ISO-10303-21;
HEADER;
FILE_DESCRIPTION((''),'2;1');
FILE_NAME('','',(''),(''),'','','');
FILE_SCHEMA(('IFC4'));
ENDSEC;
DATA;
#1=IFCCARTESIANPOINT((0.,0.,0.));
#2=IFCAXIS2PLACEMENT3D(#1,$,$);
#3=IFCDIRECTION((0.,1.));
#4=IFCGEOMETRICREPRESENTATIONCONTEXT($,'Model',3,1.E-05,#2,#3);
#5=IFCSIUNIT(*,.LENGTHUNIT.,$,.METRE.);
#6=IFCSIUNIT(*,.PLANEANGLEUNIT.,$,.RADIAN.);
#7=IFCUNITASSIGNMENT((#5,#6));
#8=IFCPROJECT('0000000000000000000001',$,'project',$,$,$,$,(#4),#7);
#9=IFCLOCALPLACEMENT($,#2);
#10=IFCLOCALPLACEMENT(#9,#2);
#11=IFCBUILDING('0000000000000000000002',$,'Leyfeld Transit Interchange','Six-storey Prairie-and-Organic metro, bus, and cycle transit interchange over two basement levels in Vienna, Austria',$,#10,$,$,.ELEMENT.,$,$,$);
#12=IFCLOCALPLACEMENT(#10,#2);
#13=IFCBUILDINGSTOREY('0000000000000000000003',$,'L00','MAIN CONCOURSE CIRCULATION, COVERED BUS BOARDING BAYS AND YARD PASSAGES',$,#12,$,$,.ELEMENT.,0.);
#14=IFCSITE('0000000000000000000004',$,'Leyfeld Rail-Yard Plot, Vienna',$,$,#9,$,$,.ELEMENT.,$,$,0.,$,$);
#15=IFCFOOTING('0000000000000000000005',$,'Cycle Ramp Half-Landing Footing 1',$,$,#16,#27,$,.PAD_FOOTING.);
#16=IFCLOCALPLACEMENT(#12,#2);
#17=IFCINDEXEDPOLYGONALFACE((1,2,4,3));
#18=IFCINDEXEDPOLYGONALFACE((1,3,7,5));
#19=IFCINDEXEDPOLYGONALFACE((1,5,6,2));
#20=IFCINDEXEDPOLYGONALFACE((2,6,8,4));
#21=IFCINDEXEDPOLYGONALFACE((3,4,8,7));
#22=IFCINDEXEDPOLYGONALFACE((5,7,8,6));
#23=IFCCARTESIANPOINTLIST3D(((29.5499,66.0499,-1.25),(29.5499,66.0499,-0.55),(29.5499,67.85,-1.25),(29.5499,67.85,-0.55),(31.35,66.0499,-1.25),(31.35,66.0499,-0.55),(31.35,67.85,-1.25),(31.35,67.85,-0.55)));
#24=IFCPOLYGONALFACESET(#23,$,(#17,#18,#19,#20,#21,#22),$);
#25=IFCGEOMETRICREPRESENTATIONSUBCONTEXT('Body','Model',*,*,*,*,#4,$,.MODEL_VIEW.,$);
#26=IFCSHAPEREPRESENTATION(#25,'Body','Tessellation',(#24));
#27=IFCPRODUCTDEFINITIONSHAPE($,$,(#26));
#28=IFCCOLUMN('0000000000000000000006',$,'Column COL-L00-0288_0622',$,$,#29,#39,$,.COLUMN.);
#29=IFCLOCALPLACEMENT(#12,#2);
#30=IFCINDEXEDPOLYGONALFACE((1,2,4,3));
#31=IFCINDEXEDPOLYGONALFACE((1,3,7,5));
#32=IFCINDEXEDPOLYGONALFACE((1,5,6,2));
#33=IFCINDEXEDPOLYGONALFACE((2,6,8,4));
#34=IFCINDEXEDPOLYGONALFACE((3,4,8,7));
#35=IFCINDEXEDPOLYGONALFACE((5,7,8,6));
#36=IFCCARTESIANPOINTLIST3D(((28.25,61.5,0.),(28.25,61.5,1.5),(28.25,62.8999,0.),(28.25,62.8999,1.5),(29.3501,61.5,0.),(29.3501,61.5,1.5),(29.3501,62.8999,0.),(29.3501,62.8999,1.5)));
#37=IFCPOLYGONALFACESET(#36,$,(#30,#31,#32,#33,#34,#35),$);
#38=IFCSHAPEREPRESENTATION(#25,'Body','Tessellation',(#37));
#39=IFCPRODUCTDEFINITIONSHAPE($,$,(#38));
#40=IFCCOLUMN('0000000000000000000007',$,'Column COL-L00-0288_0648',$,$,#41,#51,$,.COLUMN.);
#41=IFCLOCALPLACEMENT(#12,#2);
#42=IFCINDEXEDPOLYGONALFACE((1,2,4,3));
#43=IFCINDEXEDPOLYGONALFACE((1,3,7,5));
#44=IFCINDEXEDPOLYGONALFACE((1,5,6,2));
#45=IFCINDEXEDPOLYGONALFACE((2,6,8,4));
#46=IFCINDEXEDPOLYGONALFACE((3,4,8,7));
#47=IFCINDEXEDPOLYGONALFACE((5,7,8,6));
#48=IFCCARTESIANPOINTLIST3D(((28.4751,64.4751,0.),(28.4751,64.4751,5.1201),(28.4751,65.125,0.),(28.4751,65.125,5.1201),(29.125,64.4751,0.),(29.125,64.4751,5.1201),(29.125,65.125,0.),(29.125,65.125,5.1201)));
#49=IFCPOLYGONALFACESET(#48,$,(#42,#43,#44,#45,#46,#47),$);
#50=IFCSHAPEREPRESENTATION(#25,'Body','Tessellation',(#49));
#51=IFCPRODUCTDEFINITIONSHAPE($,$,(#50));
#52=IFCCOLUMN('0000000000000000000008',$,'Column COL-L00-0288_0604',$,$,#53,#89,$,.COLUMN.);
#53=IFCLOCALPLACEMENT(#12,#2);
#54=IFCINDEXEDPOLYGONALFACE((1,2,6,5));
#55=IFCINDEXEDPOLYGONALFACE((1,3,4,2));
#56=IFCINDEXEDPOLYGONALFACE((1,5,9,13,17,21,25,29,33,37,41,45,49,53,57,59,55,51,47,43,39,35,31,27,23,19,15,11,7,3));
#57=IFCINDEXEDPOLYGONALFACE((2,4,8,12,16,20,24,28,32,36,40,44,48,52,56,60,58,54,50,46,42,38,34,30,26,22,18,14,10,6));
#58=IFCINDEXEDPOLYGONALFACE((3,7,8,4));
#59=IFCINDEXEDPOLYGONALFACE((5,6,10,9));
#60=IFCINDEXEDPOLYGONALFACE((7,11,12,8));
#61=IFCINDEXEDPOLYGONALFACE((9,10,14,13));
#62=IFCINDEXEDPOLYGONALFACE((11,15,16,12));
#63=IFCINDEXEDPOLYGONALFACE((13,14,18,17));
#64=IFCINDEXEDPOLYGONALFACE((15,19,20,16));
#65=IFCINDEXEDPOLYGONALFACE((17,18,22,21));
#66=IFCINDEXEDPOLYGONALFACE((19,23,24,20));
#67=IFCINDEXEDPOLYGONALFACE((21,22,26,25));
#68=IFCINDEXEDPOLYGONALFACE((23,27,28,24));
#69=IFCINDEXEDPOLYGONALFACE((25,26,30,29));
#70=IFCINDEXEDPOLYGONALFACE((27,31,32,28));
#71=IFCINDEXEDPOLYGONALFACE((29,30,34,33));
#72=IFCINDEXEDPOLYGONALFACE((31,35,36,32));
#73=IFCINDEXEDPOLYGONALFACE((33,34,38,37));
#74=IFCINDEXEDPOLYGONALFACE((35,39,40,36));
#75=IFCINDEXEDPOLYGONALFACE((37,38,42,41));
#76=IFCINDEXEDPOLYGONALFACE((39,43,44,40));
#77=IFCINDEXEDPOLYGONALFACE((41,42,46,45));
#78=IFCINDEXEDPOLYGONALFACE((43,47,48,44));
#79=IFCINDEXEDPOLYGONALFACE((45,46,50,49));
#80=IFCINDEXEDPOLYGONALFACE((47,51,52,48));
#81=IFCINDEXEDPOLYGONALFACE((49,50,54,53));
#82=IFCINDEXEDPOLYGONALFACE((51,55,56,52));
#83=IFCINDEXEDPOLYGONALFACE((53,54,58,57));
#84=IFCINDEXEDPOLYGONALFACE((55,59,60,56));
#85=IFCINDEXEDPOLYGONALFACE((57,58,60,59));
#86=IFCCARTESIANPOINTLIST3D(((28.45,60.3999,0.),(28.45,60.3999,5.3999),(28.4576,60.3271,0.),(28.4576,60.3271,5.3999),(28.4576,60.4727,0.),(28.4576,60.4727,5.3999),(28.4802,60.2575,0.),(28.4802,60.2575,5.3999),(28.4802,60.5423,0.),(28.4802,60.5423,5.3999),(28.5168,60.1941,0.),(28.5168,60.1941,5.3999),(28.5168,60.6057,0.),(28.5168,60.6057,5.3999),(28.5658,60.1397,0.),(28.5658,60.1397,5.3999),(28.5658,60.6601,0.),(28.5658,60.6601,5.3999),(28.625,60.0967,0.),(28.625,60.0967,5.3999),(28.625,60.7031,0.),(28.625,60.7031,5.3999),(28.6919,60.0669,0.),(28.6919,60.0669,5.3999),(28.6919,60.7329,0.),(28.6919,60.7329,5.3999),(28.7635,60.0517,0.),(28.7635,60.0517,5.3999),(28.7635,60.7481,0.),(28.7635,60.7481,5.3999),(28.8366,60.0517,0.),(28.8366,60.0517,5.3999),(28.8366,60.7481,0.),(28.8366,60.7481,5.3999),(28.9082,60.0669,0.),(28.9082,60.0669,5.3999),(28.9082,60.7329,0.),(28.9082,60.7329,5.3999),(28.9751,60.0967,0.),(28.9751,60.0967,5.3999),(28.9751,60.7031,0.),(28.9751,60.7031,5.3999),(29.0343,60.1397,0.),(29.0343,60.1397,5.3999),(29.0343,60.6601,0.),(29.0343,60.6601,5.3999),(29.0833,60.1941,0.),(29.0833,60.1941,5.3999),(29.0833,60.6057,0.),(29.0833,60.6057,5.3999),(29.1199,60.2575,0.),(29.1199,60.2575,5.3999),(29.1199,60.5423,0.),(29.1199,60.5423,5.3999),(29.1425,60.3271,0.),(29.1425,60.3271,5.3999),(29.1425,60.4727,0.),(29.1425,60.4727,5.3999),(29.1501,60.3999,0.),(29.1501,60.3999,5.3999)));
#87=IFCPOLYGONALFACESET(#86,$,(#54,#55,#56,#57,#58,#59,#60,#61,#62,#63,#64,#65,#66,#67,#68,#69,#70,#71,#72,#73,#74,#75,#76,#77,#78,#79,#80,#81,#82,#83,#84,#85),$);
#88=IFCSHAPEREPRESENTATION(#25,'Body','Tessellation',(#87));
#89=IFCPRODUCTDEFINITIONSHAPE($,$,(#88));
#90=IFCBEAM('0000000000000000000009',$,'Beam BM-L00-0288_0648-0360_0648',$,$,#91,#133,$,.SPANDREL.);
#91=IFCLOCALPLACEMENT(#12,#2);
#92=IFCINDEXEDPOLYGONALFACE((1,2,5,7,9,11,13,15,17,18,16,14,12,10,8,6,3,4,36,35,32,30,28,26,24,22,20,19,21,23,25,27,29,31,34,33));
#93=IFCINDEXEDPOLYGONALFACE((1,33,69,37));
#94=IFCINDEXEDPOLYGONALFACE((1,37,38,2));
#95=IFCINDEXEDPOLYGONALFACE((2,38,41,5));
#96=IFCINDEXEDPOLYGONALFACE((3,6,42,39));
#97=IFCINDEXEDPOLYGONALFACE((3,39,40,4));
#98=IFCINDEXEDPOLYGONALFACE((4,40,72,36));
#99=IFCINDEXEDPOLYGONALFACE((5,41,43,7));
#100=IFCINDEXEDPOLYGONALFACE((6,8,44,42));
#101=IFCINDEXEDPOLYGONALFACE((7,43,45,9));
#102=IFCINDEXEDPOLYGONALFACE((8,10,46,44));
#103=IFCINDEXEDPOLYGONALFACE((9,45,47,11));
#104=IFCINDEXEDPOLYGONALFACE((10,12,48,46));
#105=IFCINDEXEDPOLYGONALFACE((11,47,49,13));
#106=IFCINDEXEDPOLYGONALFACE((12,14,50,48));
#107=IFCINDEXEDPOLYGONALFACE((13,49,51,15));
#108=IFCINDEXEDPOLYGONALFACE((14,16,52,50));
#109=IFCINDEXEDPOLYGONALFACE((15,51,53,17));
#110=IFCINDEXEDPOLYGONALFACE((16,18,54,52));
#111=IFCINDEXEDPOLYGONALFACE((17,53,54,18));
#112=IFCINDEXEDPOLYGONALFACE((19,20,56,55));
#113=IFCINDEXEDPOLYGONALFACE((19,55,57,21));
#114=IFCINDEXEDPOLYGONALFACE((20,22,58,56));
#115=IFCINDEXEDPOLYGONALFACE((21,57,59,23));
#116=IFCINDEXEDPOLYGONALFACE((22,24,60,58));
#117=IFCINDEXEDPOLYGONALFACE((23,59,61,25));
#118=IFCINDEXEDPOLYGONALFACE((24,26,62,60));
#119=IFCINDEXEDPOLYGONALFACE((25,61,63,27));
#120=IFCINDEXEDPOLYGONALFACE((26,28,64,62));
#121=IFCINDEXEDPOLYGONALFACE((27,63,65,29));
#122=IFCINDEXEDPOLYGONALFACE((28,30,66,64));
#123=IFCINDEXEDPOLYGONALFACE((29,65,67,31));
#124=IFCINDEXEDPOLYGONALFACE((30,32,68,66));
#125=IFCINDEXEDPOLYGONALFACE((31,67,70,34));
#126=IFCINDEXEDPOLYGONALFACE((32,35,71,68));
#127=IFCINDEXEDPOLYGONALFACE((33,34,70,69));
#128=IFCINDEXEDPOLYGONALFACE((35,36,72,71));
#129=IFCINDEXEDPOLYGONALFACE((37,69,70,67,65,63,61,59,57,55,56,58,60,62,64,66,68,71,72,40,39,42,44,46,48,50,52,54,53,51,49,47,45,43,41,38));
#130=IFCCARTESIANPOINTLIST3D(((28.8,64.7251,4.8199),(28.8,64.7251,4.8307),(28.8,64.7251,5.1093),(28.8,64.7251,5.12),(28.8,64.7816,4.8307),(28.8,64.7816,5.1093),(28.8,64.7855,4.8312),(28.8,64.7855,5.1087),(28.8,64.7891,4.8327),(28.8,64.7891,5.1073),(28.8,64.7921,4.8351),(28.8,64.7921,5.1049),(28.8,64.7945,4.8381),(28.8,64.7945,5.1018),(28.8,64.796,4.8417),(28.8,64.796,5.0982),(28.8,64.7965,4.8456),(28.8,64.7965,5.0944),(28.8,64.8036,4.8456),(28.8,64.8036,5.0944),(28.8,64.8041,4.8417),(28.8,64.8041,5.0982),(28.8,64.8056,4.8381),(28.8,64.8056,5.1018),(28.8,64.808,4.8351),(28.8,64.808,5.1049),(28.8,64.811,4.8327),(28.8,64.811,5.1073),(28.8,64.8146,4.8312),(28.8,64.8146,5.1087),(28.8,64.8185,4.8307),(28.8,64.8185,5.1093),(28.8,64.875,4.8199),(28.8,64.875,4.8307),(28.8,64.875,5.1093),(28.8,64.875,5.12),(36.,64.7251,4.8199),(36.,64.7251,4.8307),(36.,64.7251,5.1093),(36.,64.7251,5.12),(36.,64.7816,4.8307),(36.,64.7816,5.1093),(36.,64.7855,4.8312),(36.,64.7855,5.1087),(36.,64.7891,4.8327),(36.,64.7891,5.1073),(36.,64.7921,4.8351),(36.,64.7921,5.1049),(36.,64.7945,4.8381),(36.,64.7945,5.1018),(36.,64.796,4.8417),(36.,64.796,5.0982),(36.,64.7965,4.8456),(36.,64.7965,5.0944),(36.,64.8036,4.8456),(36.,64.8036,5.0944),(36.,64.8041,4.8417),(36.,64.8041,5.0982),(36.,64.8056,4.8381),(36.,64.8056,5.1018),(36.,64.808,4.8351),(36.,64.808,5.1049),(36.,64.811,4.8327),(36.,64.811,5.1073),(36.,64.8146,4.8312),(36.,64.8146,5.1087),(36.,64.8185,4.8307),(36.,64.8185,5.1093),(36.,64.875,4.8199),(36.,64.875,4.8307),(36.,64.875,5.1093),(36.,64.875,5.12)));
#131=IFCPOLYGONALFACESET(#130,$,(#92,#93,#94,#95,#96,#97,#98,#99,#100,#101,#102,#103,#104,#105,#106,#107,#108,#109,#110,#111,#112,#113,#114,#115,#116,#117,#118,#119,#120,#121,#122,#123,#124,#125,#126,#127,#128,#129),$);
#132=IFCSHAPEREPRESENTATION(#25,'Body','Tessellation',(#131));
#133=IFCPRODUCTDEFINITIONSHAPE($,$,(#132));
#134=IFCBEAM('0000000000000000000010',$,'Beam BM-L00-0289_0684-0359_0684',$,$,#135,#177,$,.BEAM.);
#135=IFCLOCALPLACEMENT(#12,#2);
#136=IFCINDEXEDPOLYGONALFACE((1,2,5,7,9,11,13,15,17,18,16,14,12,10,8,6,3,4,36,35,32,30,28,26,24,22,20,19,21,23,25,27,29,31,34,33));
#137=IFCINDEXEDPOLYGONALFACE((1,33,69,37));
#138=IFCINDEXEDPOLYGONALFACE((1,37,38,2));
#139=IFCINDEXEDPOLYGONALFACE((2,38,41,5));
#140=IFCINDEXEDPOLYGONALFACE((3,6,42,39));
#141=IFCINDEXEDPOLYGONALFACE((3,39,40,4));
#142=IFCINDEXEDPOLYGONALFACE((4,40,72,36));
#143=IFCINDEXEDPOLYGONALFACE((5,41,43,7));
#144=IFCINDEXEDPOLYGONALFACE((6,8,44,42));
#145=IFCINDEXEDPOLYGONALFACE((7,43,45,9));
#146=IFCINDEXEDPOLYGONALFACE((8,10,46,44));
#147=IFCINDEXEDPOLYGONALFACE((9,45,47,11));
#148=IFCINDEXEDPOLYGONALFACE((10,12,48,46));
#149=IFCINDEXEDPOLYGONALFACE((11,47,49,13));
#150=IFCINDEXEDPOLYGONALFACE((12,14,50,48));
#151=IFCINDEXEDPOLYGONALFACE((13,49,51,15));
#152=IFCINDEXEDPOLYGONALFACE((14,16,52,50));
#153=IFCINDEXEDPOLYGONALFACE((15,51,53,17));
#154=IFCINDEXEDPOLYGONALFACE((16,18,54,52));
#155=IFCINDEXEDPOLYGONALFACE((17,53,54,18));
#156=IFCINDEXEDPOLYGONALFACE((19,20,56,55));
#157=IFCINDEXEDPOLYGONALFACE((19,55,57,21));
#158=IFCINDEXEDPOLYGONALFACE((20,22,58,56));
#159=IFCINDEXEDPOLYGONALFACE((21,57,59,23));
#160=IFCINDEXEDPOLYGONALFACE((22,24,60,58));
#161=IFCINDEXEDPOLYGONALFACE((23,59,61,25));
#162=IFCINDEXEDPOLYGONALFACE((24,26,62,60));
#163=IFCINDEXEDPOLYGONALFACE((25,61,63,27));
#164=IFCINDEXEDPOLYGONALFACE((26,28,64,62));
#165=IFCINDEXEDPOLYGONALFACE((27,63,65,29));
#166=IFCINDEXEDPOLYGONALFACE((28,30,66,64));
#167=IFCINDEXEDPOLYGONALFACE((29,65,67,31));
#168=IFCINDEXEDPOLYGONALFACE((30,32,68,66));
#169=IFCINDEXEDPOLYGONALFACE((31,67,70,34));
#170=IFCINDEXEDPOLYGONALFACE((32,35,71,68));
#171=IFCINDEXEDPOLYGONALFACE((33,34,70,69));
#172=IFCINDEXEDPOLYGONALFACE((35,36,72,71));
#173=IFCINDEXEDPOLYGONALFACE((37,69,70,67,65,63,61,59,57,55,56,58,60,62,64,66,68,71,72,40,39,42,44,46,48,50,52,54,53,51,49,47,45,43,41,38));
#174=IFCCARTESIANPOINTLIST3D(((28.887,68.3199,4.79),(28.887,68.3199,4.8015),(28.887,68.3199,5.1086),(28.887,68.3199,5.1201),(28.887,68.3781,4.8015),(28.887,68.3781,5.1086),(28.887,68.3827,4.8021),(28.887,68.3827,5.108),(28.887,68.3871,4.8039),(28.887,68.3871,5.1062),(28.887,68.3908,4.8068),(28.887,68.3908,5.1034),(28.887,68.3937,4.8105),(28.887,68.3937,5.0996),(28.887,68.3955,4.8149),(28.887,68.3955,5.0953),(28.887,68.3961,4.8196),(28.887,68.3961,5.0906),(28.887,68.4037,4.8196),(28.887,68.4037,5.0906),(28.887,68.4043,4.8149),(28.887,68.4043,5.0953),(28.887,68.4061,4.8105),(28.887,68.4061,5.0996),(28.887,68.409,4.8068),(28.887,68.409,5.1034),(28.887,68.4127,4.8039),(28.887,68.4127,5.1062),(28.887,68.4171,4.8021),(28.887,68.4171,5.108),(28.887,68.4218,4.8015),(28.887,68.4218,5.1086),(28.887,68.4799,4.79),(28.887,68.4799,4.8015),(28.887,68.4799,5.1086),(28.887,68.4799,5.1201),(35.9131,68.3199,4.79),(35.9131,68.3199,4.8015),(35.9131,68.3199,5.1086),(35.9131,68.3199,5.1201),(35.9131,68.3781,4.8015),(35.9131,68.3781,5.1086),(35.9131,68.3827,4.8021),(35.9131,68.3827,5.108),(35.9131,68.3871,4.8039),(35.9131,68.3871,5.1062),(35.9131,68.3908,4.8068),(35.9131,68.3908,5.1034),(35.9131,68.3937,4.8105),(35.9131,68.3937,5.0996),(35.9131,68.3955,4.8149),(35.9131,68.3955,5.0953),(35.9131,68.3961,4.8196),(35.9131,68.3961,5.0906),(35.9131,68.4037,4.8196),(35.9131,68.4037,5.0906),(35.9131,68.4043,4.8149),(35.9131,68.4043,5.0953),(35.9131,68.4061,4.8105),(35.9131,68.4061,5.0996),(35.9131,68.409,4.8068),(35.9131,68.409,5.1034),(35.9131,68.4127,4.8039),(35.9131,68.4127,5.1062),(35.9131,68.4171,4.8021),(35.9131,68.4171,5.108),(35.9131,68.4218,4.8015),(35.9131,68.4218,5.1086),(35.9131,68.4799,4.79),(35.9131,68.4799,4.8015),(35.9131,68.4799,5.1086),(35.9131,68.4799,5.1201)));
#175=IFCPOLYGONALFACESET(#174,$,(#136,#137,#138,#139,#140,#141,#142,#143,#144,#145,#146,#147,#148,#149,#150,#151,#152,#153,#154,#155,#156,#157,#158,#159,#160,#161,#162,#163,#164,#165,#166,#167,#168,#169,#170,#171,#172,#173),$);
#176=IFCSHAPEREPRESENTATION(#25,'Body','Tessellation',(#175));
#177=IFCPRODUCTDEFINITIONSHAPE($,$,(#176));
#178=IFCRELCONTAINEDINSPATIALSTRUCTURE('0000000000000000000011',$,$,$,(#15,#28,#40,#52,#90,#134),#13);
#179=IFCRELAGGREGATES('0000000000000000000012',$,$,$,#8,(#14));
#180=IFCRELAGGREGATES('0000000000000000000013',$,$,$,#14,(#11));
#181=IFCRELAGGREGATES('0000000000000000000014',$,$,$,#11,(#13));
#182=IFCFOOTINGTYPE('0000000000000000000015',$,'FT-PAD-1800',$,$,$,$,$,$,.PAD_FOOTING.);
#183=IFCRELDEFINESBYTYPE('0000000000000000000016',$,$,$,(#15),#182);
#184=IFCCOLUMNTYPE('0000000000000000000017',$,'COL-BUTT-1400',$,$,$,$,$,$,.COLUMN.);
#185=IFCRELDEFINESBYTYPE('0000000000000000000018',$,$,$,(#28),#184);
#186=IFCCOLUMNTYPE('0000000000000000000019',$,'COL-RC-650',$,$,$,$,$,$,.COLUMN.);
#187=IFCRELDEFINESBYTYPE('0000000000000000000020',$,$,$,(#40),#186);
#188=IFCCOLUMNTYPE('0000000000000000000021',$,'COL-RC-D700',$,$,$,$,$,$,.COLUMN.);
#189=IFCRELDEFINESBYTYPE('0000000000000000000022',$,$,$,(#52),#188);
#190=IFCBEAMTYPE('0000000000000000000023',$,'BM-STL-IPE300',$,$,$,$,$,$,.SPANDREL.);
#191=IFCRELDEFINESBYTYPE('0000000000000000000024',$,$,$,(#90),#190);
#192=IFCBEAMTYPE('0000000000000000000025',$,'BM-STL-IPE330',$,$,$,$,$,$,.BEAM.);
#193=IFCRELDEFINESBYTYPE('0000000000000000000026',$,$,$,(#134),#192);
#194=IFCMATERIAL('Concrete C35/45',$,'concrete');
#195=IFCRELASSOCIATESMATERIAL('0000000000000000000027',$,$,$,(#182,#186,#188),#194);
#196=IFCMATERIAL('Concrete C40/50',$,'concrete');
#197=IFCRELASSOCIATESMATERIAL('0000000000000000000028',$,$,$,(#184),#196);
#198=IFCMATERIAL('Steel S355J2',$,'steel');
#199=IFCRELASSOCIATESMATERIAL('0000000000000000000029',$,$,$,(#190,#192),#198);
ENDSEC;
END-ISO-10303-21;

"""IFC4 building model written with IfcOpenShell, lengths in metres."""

from ifc_helpers import new_model, si_unit, direction, frame, origin, origin_2d, place, context, subcontext, project, spatial, rectangle, circle, i_section, extrude, material, material_profile, profile_set, type_object, element, save


model = new_model("IFC4")

# Units and contexts
model_context = context("Model", 3, precision=1e-05, world=origin(), true_north=direction((0.0, 1.0)))
body_context = subcontext(model_context, "Body", "Model", "MODEL_VIEW")
ifc_project = project(units=[si_unit("LENGTHUNIT", "METRE"), si_unit("PLANEANGLEUNIT", "RADIAN")], contexts=[model_context])

# Site, building, storey
site_placement = place(None, origin())
site = spatial("IfcSite", under=ifc_project, at=site_placement, Name="Leyfeld Rail-Yard Plot, Vienna", CompositionType="ELEMENT", RefElevation=0.0)
building_placement = place(site_placement, origin())
building = spatial("IfcBuilding", under=site, at=building_placement, Name="Leyfeld Transit Interchange", Description="Six-storey Prairie-and-Organic metro, bus, and cycle transit interchange over two basement levels in Vienna, Austria", CompositionType="ELEMENT")
storey_placement = place(building_placement, origin())
storey = spatial("IfcBuildingStorey", under=building, at=storey_placement, Name="L00", Description="MAIN CONCOURSE CIRCULATION, COVERED BUS BOARDING BAYS AND YARD PASSAGES", CompositionType="ELEMENT", Elevation=0.0)

# Footing
ifc_material_1 = material(Name="Concrete C35/45", Category="concrete")
footing_type = type_object("IfcFootingType", Name="FT-PAD-1800", PredefinedType="PAD_FOOTING", material=ifc_material_1)
footing_placement = place(storey_placement, frame((30.45, 66.95, -1.25), z_axis=(0.0, 0.0, 1.0), x_axis=(1.0, 0.0, 0.0)))
element("IfcFooting", 1, at=footing_placement, inside=storey, type_object=footing_type, Name="Cycle Ramp Half-Landing Footing 1", PredefinedType="PAD_FOOTING", context=body_context, shape_type="SweptSolid", body=[
    extrude(rectangle(XDim=1.8, YDim=1.8, at=origin_2d()), origin(), (0.0, 0.0, 1.0), 0.7),
])

# Columns
ifc_material_2 = material(Name="Concrete C40/50", Category="concrete")
ifc_material_profile_1 = material_profile(ifc_material_2, rectangle(XDim=1.1001, YDim=1.3999, at=origin_2d()), Name="RC 1400x1100")
ifc_profile_set_1 = profile_set([ifc_material_profile_1], Name="Concrete C40/50")
column_type_1 = type_object("IfcColumnType", Name="COL-BUTT-1400", PredefinedType="COLUMN", material=ifc_profile_set_1)
column_1_placement = place(storey_placement, frame((28.8, 62.2, 0.0), z_axis=(0.0, 0.0, 1.0), x_axis=(1.0, 0.0, 0.0)))
element("IfcColumn", 2, at=column_1_placement, inside=storey, type_object=column_type_1, Name="Column COL-L00-0288_0622", PredefinedType="COLUMN", context=body_context, shape_type="SweptSolid", body=[
    extrude(rectangle(XDim=1.1001, YDim=1.3999, at=origin_2d()), origin(), (0.0, 0.0, 1.0), 1.5),
])
ifc_material_profile_2 = material_profile(ifc_material_1, rectangle(XDim=0.6499, YDim=0.6499, at=origin_2d()), Name="RC 650x650")
ifc_profile_set_2 = profile_set([ifc_material_profile_2], Name="Concrete C35/45")
column_type_2 = type_object("IfcColumnType", Name="COL-RC-650", PredefinedType="COLUMN", material=ifc_profile_set_2)
column_2_placement = place(storey_placement, frame((28.8, 64.8, 0.0), z_axis=(0.0, 0.0, 1.0), x_axis=(1.0, 0.0, 0.0)))
element("IfcColumn", 3, at=column_2_placement, inside=storey, type_object=column_type_2, Name="Column COL-L00-0288_0648", PredefinedType="COLUMN", context=body_context, shape_type="SweptSolid", body=[
    extrude(rectangle(XDim=0.6499, YDim=0.6499, at=origin_2d()), origin(), (0.0, 0.0, 1.0), 5.1201),
])
ifc_material_profile_3 = material_profile(ifc_material_1, circle(Radius=0.3501, at=origin_2d()), Name="RC D700")
ifc_profile_set_3 = profile_set([ifc_material_profile_3], Name="Concrete C35/45")
column_type_3 = type_object("IfcColumnType", Name="COL-RC-D700", PredefinedType="COLUMN", material=ifc_profile_set_3)
column_3_placement = place(storey_placement, frame((28.8, 60.3999, 0.0), z_axis=(0.0, 0.0, 1.0), x_axis=(1.0, 0.0, 0.0)))
element("IfcColumn", 4, at=column_3_placement, inside=storey, type_object=column_type_3, Name="Column COL-L00-0288_0604", PredefinedType="COLUMN", context=body_context, shape_type="SweptSolid", body=[
    extrude(circle(Radius=0.3501, at=origin_2d()), origin(), (0.0, 0.0, 1.0), 5.3999),
])

# Beams
ifc_material_3 = material(Name="Steel S355J2", Category="steel")
ifc_material_profile_4 = material_profile(ifc_material_3, i_section(OverallWidth=0.1499, OverallDepth=0.3, WebThickness=0.0071, FlangeThickness=0.0107, FilletRadius=0.0149, at=origin_2d()), Name="IPE 300")
ifc_profile_set_4 = profile_set([ifc_material_profile_4], Name="Steel S355J2")
beam_type_1 = type_object("IfcBeamType", Name="BM-STL-IPE300", PredefinedType="SPANDREL", material=ifc_profile_set_4)
beam_1_placement = place(storey_placement, frame((28.8, 64.8, 4.97), z_axis=(1.0, 0.0, 0.0), x_axis=(0.0, 1.0, 0.0)))
element("IfcBeam", 5, at=beam_1_placement, inside=storey, type_object=beam_type_1, Name="Beam BM-L00-0288_0648-0360_0648", PredefinedType="SPANDREL", context=body_context, shape_type="SweptSolid", body=[
    extrude(i_section(OverallWidth=0.1499, OverallDepth=0.3, WebThickness=0.0071, FlangeThickness=0.0107, FilletRadius=0.0149, at=origin_2d()), origin(), (0.0, 0.0, 1.0), 7.2),
])
ifc_material_profile_5 = material_profile(ifc_material_3, i_section(OverallWidth=0.1599, OverallDepth=0.3301, WebThickness=0.0076, FlangeThickness=0.0115, FilletRadius=0.0181, at=origin_2d()), Name="IPE 330")
ifc_profile_set_5 = profile_set([ifc_material_profile_5], Name="Steel S355J2")
beam_type_2 = type_object("IfcBeamType", Name="BM-STL-IPE330", PredefinedType="BEAM", material=ifc_profile_set_5)
beam_2_placement = place(storey_placement, frame((28.887, 68.3999, 4.9551), z_axis=(1.0, 0.0, 0.0), x_axis=(0.0, 1.0, 0.0)))
element("IfcBeam", 6, at=beam_2_placement, inside=storey, type_object=beam_type_2, Name="Beam BM-L00-0289_0684-0359_0684", PredefinedType="BEAM", context=body_context, shape_type="SweptSolid", body=[
    extrude(i_section(OverallWidth=0.1599, OverallDepth=0.3301, WebThickness=0.0076, FlangeThickness=0.0115, FilletRadius=0.0181, at=origin_2d()), origin(), (0.0, 0.0, 1.0), 7.0261),
])

save(model, "model.ifc")
